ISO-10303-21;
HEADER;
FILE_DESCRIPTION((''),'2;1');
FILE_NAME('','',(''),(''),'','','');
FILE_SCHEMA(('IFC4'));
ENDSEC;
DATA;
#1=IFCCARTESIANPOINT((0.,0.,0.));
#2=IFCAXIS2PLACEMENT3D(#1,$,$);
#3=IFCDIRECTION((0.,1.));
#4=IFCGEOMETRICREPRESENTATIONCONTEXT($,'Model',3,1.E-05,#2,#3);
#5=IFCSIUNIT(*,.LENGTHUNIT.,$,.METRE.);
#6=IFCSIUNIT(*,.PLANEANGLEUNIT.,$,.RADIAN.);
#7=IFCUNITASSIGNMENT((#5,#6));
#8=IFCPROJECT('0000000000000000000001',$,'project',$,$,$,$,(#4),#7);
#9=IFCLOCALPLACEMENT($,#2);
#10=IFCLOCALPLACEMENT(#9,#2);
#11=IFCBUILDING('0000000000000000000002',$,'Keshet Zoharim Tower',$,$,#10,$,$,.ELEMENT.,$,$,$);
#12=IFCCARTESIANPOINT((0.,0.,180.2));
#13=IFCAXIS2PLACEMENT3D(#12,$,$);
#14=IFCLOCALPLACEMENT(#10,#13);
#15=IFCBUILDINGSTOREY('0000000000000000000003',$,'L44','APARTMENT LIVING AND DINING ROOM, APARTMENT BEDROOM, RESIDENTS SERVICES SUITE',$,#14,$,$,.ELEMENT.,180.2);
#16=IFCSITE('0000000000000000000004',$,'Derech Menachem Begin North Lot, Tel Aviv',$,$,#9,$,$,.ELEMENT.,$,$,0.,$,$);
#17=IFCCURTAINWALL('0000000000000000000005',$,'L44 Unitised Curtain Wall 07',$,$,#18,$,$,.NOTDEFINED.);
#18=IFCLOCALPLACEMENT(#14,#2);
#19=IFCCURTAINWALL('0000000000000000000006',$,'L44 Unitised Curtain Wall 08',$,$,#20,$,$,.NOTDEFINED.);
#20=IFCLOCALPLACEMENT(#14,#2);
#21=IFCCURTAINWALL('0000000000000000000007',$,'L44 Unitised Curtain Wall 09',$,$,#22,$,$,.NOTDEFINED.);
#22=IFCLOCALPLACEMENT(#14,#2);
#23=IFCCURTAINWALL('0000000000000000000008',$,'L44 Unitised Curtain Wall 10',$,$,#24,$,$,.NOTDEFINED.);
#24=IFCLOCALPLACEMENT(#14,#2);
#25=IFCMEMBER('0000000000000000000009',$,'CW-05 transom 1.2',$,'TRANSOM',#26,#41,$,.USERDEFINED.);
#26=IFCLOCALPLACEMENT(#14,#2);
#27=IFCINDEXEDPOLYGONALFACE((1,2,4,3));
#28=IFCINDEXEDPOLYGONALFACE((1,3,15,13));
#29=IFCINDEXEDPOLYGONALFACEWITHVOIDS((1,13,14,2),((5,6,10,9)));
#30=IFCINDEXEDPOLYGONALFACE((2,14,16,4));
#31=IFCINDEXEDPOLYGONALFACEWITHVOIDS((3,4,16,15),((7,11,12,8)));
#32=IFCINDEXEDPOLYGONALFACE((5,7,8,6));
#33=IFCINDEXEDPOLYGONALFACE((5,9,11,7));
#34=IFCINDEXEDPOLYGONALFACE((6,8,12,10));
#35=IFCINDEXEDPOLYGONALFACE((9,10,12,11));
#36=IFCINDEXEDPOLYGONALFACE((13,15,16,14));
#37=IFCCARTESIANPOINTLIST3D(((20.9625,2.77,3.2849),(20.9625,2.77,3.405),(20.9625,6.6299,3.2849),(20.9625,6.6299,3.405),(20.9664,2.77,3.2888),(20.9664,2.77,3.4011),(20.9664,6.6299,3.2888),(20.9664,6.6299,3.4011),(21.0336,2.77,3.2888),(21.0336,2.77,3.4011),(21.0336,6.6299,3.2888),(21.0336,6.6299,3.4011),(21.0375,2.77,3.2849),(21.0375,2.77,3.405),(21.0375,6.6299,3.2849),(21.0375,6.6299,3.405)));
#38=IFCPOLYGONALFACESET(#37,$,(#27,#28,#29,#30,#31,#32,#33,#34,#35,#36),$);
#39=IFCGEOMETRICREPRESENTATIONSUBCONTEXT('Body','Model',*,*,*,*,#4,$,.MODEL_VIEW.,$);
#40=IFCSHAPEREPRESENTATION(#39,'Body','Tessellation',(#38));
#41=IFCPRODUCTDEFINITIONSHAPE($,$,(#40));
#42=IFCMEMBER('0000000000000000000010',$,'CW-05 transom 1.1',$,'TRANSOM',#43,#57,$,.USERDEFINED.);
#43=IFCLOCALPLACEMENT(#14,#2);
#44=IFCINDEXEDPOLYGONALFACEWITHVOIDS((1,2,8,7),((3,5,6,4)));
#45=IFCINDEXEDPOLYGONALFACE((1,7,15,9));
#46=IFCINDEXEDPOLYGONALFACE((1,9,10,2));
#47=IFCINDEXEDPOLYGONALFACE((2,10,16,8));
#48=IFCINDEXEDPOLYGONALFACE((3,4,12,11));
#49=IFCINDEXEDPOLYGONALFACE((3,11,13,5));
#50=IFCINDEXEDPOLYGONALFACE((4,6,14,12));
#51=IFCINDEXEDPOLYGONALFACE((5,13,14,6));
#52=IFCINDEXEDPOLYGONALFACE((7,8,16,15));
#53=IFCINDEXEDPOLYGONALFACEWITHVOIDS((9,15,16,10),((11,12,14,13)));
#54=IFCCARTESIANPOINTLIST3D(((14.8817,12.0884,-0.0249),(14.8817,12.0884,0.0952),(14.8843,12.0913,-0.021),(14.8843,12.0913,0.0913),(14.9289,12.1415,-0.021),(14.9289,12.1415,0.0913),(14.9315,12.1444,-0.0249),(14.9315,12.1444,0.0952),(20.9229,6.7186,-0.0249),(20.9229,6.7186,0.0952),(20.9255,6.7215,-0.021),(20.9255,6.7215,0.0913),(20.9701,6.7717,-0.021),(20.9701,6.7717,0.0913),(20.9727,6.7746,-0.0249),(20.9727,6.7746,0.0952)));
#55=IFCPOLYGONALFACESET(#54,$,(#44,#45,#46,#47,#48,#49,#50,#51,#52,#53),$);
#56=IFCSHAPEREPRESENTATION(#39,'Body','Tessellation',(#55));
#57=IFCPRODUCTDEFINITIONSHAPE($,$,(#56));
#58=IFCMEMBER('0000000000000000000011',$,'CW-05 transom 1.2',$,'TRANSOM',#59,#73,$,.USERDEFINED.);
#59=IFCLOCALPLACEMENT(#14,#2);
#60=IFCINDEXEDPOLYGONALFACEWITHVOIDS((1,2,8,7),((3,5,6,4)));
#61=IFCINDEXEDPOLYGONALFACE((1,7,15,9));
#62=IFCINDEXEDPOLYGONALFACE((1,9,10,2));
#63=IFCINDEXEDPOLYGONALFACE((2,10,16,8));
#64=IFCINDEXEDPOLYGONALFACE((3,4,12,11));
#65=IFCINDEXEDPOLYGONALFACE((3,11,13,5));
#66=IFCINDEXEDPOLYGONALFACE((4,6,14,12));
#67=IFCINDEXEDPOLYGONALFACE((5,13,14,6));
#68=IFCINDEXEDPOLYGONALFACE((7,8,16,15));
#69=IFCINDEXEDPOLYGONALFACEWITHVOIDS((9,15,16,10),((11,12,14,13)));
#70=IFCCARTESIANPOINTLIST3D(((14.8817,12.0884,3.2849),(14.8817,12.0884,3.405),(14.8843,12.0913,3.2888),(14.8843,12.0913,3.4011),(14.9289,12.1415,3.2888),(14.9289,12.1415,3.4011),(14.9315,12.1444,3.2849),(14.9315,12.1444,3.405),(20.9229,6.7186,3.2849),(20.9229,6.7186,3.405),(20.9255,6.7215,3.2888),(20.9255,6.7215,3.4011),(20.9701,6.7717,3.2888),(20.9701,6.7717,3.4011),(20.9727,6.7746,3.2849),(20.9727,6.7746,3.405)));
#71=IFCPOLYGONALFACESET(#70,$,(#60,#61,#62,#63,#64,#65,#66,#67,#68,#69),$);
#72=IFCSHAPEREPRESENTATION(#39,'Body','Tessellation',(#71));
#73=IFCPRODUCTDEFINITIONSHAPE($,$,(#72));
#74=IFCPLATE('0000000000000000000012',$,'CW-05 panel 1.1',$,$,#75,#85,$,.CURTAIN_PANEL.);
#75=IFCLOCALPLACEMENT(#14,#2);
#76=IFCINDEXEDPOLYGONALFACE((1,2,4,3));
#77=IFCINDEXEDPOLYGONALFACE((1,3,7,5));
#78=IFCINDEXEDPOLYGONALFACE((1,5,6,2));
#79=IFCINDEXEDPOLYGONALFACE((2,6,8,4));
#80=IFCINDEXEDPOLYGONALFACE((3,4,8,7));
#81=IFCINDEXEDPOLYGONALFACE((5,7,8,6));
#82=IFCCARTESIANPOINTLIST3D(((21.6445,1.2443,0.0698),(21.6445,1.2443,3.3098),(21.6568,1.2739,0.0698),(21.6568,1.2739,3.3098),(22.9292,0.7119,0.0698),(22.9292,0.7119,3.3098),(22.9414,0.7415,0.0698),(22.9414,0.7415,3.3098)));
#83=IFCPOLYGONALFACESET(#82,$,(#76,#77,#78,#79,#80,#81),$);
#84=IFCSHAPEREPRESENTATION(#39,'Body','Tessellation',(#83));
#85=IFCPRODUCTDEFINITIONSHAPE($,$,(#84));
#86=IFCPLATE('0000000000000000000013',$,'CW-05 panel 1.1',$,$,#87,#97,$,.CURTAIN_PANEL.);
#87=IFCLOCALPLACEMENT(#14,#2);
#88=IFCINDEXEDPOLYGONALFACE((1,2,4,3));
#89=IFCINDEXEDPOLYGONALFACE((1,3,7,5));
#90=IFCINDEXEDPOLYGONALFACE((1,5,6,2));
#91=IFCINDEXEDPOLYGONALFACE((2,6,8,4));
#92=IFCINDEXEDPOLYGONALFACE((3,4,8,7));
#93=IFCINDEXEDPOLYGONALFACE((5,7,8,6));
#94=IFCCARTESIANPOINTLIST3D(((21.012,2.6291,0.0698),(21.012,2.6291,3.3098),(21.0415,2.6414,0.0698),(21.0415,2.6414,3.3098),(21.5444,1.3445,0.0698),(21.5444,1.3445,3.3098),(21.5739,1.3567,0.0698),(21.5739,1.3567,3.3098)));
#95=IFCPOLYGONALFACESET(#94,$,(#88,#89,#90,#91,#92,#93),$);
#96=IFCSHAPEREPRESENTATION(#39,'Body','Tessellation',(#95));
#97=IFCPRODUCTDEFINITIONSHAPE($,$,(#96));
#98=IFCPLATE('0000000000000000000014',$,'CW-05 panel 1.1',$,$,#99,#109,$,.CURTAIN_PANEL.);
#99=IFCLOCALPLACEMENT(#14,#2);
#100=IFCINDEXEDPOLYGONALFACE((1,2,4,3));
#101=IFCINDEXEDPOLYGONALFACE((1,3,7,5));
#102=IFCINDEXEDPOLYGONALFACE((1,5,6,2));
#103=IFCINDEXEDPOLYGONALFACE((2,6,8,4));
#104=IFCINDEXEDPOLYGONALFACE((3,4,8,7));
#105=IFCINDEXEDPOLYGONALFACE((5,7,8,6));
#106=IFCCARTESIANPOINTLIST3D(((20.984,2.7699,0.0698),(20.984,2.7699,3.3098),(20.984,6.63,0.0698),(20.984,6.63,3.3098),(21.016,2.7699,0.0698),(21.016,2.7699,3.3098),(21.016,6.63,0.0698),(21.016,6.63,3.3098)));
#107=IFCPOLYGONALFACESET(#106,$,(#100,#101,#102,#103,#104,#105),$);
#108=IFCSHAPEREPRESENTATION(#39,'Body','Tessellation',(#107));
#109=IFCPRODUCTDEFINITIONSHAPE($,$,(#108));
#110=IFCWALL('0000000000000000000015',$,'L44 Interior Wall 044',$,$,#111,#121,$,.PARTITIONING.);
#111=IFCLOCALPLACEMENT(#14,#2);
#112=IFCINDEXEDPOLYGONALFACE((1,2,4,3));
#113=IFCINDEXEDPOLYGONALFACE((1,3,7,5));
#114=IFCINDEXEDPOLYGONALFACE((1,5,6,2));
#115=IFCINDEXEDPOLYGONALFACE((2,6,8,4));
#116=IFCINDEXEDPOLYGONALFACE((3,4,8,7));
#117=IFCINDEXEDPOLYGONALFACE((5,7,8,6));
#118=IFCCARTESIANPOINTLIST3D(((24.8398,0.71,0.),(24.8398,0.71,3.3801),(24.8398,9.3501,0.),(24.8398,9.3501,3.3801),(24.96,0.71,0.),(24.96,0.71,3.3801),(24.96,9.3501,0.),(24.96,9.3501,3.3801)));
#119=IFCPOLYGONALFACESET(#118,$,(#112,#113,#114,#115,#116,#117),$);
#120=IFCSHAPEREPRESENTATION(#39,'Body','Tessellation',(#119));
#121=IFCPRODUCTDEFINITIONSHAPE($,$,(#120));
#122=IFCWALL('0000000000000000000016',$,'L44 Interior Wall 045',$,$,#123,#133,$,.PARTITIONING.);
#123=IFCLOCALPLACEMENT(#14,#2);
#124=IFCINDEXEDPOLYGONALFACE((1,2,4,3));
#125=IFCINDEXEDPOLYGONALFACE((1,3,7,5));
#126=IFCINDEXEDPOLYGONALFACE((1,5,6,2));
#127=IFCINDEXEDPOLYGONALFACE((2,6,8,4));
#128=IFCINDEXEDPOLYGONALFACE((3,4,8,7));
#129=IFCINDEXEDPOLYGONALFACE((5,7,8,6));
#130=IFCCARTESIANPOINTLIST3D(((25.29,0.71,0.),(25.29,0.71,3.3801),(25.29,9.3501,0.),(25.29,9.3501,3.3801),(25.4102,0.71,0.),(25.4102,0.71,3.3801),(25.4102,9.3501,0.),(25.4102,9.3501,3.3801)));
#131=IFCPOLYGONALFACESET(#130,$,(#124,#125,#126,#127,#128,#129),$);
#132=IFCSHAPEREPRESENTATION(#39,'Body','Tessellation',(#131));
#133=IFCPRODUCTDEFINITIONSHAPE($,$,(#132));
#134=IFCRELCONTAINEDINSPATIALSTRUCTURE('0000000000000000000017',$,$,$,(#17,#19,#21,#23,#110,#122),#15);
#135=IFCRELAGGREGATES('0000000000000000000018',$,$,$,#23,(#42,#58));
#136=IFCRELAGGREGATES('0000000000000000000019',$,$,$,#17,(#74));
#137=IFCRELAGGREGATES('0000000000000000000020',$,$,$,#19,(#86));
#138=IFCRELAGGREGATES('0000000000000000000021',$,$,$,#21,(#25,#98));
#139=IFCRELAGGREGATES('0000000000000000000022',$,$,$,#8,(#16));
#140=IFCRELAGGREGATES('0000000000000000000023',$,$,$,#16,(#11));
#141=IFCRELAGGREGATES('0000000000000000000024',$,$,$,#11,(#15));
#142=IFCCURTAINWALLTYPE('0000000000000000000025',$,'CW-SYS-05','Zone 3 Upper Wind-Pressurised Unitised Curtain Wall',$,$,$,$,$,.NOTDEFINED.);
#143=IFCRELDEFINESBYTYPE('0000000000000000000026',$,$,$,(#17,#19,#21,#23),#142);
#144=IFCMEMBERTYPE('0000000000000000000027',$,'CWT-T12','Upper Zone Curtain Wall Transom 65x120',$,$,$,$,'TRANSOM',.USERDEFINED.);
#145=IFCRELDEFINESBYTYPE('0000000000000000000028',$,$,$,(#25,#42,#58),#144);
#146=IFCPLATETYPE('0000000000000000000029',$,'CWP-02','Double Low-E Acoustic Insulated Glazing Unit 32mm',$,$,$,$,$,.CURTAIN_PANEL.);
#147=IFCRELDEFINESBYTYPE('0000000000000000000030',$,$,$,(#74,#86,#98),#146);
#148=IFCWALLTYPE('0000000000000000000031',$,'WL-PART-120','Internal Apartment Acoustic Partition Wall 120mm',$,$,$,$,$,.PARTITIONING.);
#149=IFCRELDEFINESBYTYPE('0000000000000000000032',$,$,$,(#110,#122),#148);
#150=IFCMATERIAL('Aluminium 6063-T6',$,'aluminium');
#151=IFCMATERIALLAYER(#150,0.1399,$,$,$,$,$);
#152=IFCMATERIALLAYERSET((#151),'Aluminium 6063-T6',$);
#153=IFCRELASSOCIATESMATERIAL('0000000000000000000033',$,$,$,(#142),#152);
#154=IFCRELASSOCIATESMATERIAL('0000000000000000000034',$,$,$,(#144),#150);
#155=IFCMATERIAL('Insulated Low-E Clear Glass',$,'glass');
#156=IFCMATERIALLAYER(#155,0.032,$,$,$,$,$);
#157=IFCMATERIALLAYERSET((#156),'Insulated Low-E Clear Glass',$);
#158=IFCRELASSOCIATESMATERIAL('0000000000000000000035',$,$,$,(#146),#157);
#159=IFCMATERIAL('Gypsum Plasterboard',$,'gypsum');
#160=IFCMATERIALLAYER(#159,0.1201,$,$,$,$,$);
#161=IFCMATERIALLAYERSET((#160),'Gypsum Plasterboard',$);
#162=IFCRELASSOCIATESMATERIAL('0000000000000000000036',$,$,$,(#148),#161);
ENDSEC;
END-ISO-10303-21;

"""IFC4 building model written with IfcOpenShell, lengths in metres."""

from ifc_helpers import new_model, si_unit, direction, frame, frame_2d, origin, origin_2d, place, context, subcontext, project, spatial, rectangle, hollow_rectangle, extrude, material, layer, layer_set, material_profile, profile_set, type_object, element, aggregate, save


model = new_model("IFC4")

# Units and contexts
model_context = context("Model", 3, precision=1e-05, world=origin(), true_north=direction((0.0, 1.0)))
body_context = subcontext(model_context, "Body", "Model", "MODEL_VIEW")
ifc_project = project(units=[si_unit("LENGTHUNIT", "METRE"), si_unit("PLANEANGLEUNIT", "RADIAN")], contexts=[model_context])

# Site, building, storey
site_placement = place(None, origin())
site = spatial("IfcSite", under=ifc_project, at=site_placement, Name="Derech Menachem Begin North Lot, Tel Aviv", CompositionType="ELEMENT", RefElevation=0.0)
building_placement = place(site_placement, origin())
building = spatial("IfcBuilding", under=site, at=building_placement, Name="Keshet Zoharim Tower", CompositionType="ELEMENT")
storey_placement = place(building_placement, frame((0.0, 0.0, 180.2)))
storey = spatial("IfcBuildingStorey", under=building, at=storey_placement, Name="L44", Description="APARTMENT LIVING AND DINING ROOM, APARTMENT BEDROOM, RESIDENTS SERVICES SUITE", CompositionType="ELEMENT", Elevation=180.2)

# Shared definitions
ifc_material_1 = material(Name="Aluminium 6063-T6", Category="aluminium")
ifc_layer_1 = layer(ifc_material_1, 0.1399)
ifc_layer_set_1 = layer_set([ifc_layer_1], Name="Aluminium 6063-T6")
curtain_wall_type = type_object("IfcCurtainWallType", Name="CW-SYS-05", Description="Zone 3 Upper Wind-Pressurised Unitised Curtain Wall", PredefinedType="NOTDEFINED", material=ifc_layer_set_1)

# Curtain walls
curtain_wall_1_placement = place(storey_placement, origin())
curtain_wall_1 = element("IfcCurtainWall", 1, at=curtain_wall_1_placement, inside=storey, type_object=curtain_wall_type, Name="L44 Unitised Curtain Wall 07", PredefinedType="NOTDEFINED")
curtain_wall_2_placement = place(storey_placement, origin())
curtain_wall_2 = element("IfcCurtainWall", 2, at=curtain_wall_2_placement, inside=storey, type_object=curtain_wall_type, Name="L44 Unitised Curtain Wall 08", PredefinedType="NOTDEFINED")
curtain_wall_3_placement = place(storey_placement, origin())
curtain_wall_3 = element("IfcCurtainWall", 3, at=curtain_wall_3_placement, inside=storey, type_object=curtain_wall_type, Name="L44 Unitised Curtain Wall 09", PredefinedType="NOTDEFINED")

# Curtain wall
curtain_wall_4_placement = place(storey_placement, origin())
curtain_wall_4 = element("IfcCurtainWall", 4, at=curtain_wall_4_placement, inside=storey, type_object=curtain_wall_type, Name="L44 Unitised Curtain Wall 10", PredefinedType="NOTDEFINED")

# Members
ifc_material_profile_1 = material_profile(ifc_material_1, hollow_rectangle(XDim=0.075, YDim=0.1201, WallThickness=0.0039, at=origin_2d()), Name="TRN-75x120")
ifc_profile_set_1 = profile_set([ifc_material_profile_1], Name="Aluminium 6063-T6")
member_type_1 = type_object("IfcMemberType", Name="CWT-T12", Description="Upper Zone Curtain Wall Transom 65x120", ElementType="TRANSOM", PredefinedType="USERDEFINED", material=ifc_profile_set_1)
member_1_placement = place(storey_placement, frame((21.0, 2.77, 3.345), z_axis=(0.0, 1.0, 0.0), x_axis=(-1.0, 0.0, 0.0)))
member_1 = element("IfcMember", 5, at=member_1_placement, type_object=member_type_1, Name="CW-05 transom 1.2", ObjectType="TRANSOM", PredefinedType="USERDEFINED", context=body_context, shape_type="SweptSolid", body=[
    extrude(hollow_rectangle(XDim=0.075, YDim=0.1201, WallThickness=0.0039, at=origin_2d()), origin(), (0.0, 0.0, 1.0), 3.8599),
])
member_2_placement = place(storey_placement, frame((20.9478, 6.7466, 0.0352), z_axis=(-0.747418, 0.664354, 0.0), x_axis=(-0.664354, -0.747418, 0.0)))
member_2 = element("IfcMember", 6, at=member_2_placement, type_object=member_type_1, Name="CW-05 transom 1.1", ObjectType="TRANSOM", PredefinedType="USERDEFINED", context=body_context, shape_type="SweptSolid", body=[
    extrude(hollow_rectangle(XDim=0.075, YDim=0.1201, WallThickness=0.0039, at=origin_2d()), origin(), (0.0, 0.0, 1.0), 8.0828),
])
member_3_placement = place(storey_placement, frame((20.9478, 6.7466, 3.345), z_axis=(-0.747418, 0.664354, 0.0), x_axis=(-0.664354, -0.747418, 0.0)))
member_3 = element("IfcMember", 7, at=member_3_placement, type_object=member_type_1, Name="CW-05 transom 1.2", ObjectType="TRANSOM", PredefinedType="USERDEFINED", context=body_context, shape_type="SweptSolid", body=[
    extrude(hollow_rectangle(XDim=0.075, YDim=0.1201, WallThickness=0.0039, at=origin_2d()), origin(), (0.0, 0.0, 1.0), 8.0828),
])
aggregate(curtain_wall_4, [member_2, member_3])

# Plates
ifc_material_2 = material(Name="Insulated Low-E Clear Glass", Category="glass")
ifc_layer_2 = layer(ifc_material_2, 0.032)
ifc_layer_set_2 = layer_set([ifc_layer_2], Name="Insulated Low-E Clear Glass")
plate_type = type_object("IfcPlateType", Name="CWP-02", Description="Double Low-E Acoustic Insulated Glazing Unit 32mm", PredefinedType="CURTAIN_PANEL", material=ifc_layer_set_2)
plate_1_placement = place(storey_placement, frame((22.293, 0.9929, 0.0698), z_axis=(0.0, 0.0, 1.0), x_axis=(-0.92381, 0.382852, 0.0)))
plate_1 = element("IfcPlate", 8, at=plate_1_placement, type_object=plate_type, Name="CW-05 panel 1.1", PredefinedType="CURTAIN_PANEL", context=body_context, shape_type="SweptSolid", body=[
    extrude(rectangle(XDim=1.3906, YDim=0.032, at=origin_2d()), origin(), (0.0, 0.0, 1.0), 3.24),
])
aggregate(curtain_wall_1, [plate_1])
plate_2_placement = place(storey_placement, frame((21.293, 1.9929, 0.0698), z_axis=(0.0, 0.0, 1.0), x_axis=(-0.382852, 0.92381, 0.0)))
plate_2 = element("IfcPlate", 9, at=plate_2_placement, type_object=plate_type, Name="CW-05 panel 1.1", PredefinedType="CURTAIN_PANEL", context=body_context, shape_type="SweptSolid", body=[
    extrude(rectangle(XDim=1.3906, YDim=0.032, at=origin_2d()), origin(), (0.0, 0.0, 1.0), 3.24),
])
aggregate(curtain_wall_2, [plate_2])
plate_3_placement = place(storey_placement, frame((21.0, 4.7, 0.0698), z_axis=(0.0, 0.0, 1.0), x_axis=(0.0, 1.0, 0.0)))
plate_3 = element("IfcPlate", 10, at=plate_3_placement, type_object=plate_type, Name="CW-05 panel 1.1", PredefinedType="CURTAIN_PANEL", context=body_context, shape_type="SweptSolid", body=[
    extrude(rectangle(XDim=3.8601, YDim=0.032, at=origin_2d()), origin(), (0.0, 0.0, 1.0), 3.24),
])
aggregate(curtain_wall_3, [member_1, plate_3])

# Walls
ifc_material_3 = material(Name="Gypsum Plasterboard", Category="gypsum")
ifc_layer_3 = layer(ifc_material_3, 0.1201)
ifc_layer_set_3 = layer_set([ifc_layer_3], Name="Gypsum Plasterboard")
wall_type = type_object("IfcWallType", Name="WL-PART-120", Description="Internal Apartment Acoustic Partition Wall 120mm", PredefinedType="PARTITIONING", material=ifc_layer_set_3)
for number, where, z_axis, x_axis, name in (
    (11, (24.8999, 0.71, 0.0), (0.0, 0.0, 1.0), (0.0, 1.0, 0.0), "L44 Interior Wall 044"),
    (12, (25.3501, 0.71, 0.0), (0.0, 0.0, 1.0), (0.0, 1.0, 0.0), "L44 Interior Wall 045"),
):
    element("IfcWall", number, at=place(storey_placement, frame(where, z_axis=z_axis, x_axis=x_axis)), inside=storey, type_object=wall_type, Name=name, PredefinedType="PARTITIONING", context=body_context, shape_type="SweptSolid", body=[
        extrude(rectangle(XDim=8.6401, YDim=0.1201, at=frame_2d((4.3201, 0.0))), origin(), (0.0, 0.0, 1.0), 3.3801),
    ])

save(model, "model.ifc")
